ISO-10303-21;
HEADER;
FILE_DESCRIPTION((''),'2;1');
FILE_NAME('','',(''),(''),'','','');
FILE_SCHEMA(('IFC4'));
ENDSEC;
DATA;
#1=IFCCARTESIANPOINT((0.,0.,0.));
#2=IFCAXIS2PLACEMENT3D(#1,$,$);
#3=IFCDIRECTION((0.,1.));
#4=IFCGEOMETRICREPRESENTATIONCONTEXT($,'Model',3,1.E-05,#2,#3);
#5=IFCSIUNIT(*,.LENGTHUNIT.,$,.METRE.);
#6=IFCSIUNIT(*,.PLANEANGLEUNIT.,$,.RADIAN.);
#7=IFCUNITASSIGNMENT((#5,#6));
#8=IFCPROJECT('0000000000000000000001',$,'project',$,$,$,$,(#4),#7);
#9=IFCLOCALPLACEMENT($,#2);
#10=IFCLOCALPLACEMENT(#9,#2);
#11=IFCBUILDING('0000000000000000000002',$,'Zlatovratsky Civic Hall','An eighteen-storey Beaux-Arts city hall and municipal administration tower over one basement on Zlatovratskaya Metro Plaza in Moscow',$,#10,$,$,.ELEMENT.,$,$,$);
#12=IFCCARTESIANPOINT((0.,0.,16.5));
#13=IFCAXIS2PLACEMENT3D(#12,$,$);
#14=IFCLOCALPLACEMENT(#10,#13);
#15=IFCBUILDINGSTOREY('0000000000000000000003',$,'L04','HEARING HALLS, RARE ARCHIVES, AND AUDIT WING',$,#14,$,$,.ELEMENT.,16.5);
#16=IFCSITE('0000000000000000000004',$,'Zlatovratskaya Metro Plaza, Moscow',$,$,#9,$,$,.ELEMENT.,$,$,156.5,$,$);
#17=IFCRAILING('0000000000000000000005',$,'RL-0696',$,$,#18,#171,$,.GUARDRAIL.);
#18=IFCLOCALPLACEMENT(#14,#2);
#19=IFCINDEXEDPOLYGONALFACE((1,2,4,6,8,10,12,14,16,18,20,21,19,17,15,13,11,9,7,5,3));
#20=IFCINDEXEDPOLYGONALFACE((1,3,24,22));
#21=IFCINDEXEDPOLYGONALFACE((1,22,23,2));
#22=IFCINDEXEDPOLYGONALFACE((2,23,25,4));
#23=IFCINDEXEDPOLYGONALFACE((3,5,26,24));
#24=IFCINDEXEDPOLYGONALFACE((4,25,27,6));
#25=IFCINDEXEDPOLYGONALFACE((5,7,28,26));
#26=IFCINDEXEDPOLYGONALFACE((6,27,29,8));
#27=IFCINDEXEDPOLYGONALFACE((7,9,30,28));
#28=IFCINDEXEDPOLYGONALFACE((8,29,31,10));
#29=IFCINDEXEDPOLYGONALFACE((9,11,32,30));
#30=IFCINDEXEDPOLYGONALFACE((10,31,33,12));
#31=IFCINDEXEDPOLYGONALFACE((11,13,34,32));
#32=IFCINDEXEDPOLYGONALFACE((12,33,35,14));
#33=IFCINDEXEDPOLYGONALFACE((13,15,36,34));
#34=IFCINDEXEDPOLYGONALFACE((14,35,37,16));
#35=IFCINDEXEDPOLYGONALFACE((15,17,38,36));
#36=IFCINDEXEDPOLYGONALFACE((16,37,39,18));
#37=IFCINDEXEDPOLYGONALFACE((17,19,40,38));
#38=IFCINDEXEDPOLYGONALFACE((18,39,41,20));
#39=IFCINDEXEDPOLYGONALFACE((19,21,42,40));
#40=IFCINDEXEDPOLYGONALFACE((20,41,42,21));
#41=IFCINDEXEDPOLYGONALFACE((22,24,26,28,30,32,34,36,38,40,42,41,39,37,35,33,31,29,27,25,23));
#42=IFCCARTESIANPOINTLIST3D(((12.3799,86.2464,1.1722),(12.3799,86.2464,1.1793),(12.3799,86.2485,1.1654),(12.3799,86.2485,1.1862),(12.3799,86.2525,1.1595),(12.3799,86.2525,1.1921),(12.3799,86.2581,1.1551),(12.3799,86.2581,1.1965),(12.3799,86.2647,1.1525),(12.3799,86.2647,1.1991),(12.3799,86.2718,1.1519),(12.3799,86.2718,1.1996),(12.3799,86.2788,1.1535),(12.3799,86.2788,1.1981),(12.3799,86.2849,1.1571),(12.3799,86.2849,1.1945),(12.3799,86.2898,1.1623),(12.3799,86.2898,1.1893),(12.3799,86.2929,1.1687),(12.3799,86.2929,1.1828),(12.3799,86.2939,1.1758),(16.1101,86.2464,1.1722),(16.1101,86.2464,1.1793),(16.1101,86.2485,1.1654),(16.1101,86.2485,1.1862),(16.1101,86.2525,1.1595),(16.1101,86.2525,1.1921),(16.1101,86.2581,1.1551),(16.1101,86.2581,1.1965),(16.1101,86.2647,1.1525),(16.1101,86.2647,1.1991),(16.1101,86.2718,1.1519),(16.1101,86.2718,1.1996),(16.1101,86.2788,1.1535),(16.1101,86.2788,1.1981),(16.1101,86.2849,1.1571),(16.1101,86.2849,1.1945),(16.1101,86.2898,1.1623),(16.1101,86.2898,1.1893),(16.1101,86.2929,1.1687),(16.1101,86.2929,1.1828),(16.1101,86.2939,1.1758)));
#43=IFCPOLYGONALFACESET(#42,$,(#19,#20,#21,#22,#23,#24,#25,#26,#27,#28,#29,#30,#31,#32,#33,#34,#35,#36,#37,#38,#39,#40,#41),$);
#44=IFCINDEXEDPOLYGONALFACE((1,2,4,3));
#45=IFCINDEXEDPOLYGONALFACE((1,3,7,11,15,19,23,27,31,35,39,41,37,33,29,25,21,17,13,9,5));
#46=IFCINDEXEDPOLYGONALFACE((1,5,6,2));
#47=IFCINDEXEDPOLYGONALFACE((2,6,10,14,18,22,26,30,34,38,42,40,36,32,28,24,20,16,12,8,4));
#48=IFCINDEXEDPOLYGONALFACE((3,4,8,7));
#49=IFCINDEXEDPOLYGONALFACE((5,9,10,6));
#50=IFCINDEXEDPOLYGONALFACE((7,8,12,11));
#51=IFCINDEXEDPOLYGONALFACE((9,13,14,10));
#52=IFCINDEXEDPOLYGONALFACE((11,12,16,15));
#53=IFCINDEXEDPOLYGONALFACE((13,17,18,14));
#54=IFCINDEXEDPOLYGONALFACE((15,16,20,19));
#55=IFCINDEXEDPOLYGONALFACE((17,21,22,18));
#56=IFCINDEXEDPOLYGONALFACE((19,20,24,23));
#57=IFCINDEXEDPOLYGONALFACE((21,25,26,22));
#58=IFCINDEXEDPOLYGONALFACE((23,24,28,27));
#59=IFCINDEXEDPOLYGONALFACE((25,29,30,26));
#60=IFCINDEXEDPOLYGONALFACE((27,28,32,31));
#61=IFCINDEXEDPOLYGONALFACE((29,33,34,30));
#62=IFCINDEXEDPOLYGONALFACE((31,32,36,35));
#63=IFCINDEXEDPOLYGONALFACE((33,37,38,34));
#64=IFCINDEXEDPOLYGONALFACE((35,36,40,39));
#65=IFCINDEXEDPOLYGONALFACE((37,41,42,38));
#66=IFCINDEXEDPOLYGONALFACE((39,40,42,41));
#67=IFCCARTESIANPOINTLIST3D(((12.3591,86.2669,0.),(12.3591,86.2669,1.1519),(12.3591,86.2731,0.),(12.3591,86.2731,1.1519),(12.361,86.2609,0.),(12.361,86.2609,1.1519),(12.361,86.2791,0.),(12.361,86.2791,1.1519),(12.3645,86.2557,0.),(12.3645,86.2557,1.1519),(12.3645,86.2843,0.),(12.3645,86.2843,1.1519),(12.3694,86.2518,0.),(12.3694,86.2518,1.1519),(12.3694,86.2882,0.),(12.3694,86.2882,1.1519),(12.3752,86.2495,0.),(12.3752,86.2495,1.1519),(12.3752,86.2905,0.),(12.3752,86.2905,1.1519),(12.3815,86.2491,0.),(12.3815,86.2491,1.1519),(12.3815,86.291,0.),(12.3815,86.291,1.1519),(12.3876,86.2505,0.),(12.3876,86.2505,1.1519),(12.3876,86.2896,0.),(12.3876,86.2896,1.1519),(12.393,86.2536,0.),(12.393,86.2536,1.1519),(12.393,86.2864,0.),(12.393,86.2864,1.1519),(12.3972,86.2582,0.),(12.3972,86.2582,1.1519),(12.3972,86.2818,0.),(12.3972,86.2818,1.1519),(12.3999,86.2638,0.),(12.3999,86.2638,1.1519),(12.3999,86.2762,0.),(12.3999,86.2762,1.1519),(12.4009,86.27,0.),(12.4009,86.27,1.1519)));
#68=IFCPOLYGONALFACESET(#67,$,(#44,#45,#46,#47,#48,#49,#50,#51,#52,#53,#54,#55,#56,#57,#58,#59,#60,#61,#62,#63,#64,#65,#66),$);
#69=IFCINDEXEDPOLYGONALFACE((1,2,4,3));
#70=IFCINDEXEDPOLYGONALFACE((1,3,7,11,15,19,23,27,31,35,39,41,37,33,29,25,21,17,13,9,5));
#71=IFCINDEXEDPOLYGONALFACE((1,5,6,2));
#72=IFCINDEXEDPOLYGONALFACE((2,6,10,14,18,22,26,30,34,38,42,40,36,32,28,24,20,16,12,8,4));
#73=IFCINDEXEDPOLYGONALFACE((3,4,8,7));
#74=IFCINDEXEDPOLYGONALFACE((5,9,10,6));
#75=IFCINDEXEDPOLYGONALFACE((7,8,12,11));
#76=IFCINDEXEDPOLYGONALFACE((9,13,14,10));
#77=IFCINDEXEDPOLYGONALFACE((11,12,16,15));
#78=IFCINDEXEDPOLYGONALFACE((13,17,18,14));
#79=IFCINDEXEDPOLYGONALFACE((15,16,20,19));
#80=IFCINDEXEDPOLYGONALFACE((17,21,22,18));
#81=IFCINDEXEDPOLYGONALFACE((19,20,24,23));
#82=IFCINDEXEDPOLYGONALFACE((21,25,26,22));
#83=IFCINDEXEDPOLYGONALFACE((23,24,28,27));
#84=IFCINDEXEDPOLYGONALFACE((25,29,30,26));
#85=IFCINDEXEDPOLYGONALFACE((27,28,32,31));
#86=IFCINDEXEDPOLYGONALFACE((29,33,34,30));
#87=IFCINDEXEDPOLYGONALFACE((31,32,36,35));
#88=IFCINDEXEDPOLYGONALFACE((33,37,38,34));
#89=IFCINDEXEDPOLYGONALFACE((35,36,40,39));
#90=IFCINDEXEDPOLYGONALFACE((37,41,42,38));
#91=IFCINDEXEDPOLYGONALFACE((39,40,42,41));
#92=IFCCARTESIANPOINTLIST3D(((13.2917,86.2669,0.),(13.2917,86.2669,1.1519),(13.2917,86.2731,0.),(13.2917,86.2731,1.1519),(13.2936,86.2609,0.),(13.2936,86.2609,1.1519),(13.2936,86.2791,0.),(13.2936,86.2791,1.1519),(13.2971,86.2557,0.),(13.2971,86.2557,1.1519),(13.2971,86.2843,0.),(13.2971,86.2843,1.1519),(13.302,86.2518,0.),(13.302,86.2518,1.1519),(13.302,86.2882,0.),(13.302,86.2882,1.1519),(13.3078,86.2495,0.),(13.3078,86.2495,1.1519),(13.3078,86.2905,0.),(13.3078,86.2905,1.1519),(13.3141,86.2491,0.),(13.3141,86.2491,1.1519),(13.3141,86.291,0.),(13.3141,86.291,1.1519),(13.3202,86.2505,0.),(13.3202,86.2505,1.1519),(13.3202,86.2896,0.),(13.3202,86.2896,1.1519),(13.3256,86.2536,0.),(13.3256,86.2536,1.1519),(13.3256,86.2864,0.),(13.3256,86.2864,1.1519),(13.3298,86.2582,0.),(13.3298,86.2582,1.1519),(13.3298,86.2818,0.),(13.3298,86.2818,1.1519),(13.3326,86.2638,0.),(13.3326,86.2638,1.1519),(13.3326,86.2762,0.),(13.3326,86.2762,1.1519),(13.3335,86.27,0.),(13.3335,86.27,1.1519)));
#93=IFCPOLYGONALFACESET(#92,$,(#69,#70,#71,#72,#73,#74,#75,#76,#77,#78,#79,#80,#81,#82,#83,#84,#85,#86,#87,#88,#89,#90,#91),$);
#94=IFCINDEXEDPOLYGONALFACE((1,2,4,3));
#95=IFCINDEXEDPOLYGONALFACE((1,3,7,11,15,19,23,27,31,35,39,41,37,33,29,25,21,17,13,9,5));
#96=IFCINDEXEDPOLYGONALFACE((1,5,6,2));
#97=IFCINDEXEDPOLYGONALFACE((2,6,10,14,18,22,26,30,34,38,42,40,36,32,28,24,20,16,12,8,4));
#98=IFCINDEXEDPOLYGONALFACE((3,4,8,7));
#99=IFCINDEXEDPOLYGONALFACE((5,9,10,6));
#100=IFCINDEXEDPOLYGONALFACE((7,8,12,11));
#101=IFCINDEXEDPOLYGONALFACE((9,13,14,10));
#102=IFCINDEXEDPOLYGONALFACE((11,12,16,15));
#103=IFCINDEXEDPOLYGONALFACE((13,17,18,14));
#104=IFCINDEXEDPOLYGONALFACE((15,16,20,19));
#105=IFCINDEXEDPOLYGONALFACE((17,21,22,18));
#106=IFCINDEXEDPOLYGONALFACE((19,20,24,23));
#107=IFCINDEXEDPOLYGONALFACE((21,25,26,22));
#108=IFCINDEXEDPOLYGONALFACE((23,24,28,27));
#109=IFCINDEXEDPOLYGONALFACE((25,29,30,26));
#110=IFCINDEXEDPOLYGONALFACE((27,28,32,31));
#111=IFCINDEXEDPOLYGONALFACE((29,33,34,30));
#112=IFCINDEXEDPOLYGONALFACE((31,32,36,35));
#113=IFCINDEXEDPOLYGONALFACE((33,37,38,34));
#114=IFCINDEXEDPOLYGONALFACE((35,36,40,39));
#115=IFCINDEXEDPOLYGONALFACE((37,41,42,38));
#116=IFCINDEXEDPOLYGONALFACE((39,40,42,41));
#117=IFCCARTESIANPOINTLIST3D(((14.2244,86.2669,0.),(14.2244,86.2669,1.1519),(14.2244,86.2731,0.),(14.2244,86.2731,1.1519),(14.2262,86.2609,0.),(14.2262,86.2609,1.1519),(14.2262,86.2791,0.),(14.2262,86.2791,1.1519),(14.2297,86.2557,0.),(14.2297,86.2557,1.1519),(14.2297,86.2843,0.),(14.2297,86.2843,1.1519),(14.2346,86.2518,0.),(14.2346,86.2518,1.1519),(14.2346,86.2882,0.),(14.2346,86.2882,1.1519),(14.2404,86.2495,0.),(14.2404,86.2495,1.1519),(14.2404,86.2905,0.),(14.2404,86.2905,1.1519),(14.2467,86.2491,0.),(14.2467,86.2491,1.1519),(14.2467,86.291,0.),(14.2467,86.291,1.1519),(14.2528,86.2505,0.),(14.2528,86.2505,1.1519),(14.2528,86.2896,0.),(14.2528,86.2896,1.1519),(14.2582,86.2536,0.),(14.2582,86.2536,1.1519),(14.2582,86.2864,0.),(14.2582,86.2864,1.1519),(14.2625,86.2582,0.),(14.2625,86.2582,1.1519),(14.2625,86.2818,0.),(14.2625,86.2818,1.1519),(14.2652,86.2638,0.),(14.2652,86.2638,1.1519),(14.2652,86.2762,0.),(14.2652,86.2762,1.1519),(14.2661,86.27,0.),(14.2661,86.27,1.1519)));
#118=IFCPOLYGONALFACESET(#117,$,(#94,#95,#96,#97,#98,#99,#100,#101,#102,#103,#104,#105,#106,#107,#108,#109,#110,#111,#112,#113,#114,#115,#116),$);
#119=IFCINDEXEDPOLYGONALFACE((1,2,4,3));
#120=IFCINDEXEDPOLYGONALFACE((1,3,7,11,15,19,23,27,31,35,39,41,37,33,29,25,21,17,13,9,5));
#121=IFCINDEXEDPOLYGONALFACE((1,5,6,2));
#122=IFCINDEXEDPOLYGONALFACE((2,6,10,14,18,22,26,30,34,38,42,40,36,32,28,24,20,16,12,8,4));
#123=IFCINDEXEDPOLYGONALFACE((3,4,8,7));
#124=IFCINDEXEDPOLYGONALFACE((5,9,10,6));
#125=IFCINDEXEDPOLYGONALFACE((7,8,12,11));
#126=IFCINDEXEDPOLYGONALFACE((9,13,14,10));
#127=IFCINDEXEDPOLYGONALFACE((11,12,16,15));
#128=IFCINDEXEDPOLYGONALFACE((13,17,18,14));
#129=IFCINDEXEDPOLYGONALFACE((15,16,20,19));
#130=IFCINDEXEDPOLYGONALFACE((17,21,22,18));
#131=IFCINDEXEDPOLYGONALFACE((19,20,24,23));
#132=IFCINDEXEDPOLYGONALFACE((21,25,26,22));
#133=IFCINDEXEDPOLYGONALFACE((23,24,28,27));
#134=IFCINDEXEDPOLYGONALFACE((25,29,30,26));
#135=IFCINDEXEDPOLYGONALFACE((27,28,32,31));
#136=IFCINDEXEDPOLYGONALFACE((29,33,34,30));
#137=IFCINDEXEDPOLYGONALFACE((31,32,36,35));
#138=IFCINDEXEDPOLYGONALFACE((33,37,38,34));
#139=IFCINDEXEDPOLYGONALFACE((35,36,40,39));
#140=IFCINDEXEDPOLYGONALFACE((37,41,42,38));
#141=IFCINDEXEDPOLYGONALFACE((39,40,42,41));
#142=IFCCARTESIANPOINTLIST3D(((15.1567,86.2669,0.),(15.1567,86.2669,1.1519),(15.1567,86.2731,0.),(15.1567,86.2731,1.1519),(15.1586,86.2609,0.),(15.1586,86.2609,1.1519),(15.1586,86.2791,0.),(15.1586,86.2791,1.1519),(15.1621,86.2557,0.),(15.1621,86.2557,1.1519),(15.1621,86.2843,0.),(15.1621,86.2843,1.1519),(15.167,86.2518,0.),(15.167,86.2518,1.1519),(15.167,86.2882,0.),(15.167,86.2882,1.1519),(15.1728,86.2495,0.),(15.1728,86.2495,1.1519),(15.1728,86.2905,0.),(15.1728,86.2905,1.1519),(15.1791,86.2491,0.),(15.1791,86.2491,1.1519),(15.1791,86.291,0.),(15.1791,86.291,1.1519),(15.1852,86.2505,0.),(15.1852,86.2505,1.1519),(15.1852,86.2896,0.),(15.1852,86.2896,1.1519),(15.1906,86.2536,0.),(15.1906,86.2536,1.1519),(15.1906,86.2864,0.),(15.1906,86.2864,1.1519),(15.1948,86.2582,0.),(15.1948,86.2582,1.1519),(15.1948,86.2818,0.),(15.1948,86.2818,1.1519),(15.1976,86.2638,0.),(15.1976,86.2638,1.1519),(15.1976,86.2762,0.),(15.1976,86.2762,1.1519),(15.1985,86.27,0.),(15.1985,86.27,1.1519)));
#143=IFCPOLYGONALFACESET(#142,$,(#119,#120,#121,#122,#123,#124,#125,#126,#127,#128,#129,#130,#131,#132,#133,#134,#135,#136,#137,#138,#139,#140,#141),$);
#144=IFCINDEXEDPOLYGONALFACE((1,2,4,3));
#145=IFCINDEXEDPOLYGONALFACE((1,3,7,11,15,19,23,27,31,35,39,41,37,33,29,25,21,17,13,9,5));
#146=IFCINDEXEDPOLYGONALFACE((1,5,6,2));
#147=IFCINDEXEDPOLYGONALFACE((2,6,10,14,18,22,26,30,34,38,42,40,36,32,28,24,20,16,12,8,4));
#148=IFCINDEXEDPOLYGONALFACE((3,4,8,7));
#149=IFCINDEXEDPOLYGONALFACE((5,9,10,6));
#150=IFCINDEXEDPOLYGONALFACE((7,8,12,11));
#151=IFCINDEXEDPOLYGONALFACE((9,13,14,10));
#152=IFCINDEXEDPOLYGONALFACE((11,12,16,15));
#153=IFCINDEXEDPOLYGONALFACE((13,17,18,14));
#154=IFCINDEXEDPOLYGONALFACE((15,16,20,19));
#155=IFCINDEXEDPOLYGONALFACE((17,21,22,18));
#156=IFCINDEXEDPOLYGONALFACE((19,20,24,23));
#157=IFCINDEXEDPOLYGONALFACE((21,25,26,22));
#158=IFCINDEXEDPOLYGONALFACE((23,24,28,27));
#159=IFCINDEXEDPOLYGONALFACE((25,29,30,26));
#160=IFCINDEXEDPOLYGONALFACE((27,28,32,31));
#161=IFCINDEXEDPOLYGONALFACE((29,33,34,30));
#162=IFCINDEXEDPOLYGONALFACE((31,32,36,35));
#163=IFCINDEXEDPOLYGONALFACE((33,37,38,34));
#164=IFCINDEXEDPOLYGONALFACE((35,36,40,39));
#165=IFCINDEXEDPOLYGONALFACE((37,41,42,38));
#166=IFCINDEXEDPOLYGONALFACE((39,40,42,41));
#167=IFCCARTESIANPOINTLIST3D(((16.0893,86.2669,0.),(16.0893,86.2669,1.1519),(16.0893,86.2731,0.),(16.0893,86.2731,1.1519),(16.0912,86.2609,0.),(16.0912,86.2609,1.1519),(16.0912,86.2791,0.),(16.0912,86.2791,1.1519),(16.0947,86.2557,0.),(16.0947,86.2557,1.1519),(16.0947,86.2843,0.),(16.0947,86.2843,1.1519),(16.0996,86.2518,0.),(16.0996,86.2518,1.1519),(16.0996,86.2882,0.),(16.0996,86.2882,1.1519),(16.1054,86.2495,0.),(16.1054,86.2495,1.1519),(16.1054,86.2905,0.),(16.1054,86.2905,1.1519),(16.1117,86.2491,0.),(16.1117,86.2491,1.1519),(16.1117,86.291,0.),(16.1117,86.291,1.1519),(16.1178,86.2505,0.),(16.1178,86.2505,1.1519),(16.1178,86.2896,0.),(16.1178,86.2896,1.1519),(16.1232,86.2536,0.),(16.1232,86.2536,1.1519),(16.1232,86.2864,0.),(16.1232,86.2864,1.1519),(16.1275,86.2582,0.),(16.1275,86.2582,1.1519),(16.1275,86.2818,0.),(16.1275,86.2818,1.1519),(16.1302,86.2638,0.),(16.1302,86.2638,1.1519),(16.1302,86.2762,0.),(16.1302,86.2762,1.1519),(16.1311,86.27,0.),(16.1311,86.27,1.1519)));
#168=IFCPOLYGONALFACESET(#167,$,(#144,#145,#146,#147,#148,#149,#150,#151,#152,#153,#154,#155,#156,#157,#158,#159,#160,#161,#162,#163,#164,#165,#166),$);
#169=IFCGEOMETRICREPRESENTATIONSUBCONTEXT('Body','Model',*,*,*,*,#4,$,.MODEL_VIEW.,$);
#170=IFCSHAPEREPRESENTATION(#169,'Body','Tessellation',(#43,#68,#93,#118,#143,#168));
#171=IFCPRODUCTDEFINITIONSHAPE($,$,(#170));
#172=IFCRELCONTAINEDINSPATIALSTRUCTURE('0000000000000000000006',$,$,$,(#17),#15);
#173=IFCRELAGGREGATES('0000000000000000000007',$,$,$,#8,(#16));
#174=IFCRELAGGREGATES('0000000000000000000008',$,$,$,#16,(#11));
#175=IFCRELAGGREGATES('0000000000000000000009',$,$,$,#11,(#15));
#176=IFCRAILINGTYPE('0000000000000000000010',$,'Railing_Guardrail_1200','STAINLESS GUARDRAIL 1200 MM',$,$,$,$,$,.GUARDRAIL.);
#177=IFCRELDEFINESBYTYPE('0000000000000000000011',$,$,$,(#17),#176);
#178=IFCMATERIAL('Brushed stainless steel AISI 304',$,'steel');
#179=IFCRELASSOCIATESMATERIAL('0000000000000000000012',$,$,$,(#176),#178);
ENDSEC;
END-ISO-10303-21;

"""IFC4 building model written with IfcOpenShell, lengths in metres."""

from ifc_helpers import new_model, si_unit, direction, frame, origin, origin_2d, place, context, subcontext, project, spatial, circle, extrude, material, type_object, element, save


model = new_model("IFC4")

# Units and contexts
model_context = context("Model", 3, precision=1e-05, world=origin(), true_north=direction((0.0, 1.0)))
body_context = subcontext(model_context, "Body", "Model", "MODEL_VIEW")
ifc_project = project(units=[si_unit("LENGTHUNIT", "METRE"), si_unit("PLANEANGLEUNIT", "RADIAN")], contexts=[model_context])

# Site, building, storey
site_placement = place(None, origin())
site = spatial("IfcSite", under=ifc_project, at=site_placement, Name="Zlatovratskaya Metro Plaza, Moscow", CompositionType="ELEMENT", RefElevation=156.5)
building_placement = place(site_placement, origin())
building = spatial("IfcBuilding", under=site, at=building_placement, Name="Zlatovratsky Civic Hall", Description="An eighteen-storey Beaux-Arts city hall and municipal administration tower over one basement on Zlatovratskaya Metro Plaza in Moscow", CompositionType="ELEMENT")
storey_placement = place(building_placement, frame((0.0, 0.0, 16.5)))
storey = spatial("IfcBuildingStorey", under=building, at=storey_placement, Name="L04", Description="HEARING HALLS, RARE ARCHIVES, AND AUDIT WING", CompositionType="ELEMENT", Elevation=16.5)

# Railing
ifc_material_1 = material(Name="Brushed stainless steel AISI 304", Category="steel")
railing_type = type_object("IfcRailingType", Name="Railing_Guardrail_1200", Description="STAINLESS GUARDRAIL 1200 MM", PredefinedType="GUARDRAIL", material=ifc_material_1)
railing_placement = place(storey_placement, frame((12.3799, 86.27, 0.0)))
element("IfcRailing", 1, at=railing_placement, inside=storey, type_object=railing_type, Name="RL-0696", PredefinedType="GUARDRAIL", context=body_context, shape_type="SweptSolid", body=[
    extrude(circle(Radius=0.0239, at=origin_2d()), frame((0.0, 0.0, 1.1758), z_axis=(1.0, 0.0, 0.0), x_axis=(0.0, 1.0, 0.0)), (0.0, 0.0, 1.0), 3.7302),
    extrude(circle(Radius=0.021, at=origin_2d()), origin(), (0.0, 0.0, 1.0), 1.1519),
    extrude(circle(Radius=0.021, at=origin_2d()), frame((0.9326, 0.0, 0.0)), (0.0, 0.0, 1.0), 1.1519),
    extrude(circle(Radius=0.021, at=origin_2d()), frame((1.8652, 0.0, 0.0)), (0.0, 0.0, 1.0), 1.1519),
    extrude(circle(Radius=0.021, at=origin_2d()), frame((2.7976, 0.0, 0.0)), (0.0, 0.0, 1.0), 1.1519),
    extrude(circle(Radius=0.021, at=origin_2d()), frame((3.7302, 0.0, 0.0)), (0.0, 0.0, 1.0), 1.1519),
])

save(model, "model.ifc")
